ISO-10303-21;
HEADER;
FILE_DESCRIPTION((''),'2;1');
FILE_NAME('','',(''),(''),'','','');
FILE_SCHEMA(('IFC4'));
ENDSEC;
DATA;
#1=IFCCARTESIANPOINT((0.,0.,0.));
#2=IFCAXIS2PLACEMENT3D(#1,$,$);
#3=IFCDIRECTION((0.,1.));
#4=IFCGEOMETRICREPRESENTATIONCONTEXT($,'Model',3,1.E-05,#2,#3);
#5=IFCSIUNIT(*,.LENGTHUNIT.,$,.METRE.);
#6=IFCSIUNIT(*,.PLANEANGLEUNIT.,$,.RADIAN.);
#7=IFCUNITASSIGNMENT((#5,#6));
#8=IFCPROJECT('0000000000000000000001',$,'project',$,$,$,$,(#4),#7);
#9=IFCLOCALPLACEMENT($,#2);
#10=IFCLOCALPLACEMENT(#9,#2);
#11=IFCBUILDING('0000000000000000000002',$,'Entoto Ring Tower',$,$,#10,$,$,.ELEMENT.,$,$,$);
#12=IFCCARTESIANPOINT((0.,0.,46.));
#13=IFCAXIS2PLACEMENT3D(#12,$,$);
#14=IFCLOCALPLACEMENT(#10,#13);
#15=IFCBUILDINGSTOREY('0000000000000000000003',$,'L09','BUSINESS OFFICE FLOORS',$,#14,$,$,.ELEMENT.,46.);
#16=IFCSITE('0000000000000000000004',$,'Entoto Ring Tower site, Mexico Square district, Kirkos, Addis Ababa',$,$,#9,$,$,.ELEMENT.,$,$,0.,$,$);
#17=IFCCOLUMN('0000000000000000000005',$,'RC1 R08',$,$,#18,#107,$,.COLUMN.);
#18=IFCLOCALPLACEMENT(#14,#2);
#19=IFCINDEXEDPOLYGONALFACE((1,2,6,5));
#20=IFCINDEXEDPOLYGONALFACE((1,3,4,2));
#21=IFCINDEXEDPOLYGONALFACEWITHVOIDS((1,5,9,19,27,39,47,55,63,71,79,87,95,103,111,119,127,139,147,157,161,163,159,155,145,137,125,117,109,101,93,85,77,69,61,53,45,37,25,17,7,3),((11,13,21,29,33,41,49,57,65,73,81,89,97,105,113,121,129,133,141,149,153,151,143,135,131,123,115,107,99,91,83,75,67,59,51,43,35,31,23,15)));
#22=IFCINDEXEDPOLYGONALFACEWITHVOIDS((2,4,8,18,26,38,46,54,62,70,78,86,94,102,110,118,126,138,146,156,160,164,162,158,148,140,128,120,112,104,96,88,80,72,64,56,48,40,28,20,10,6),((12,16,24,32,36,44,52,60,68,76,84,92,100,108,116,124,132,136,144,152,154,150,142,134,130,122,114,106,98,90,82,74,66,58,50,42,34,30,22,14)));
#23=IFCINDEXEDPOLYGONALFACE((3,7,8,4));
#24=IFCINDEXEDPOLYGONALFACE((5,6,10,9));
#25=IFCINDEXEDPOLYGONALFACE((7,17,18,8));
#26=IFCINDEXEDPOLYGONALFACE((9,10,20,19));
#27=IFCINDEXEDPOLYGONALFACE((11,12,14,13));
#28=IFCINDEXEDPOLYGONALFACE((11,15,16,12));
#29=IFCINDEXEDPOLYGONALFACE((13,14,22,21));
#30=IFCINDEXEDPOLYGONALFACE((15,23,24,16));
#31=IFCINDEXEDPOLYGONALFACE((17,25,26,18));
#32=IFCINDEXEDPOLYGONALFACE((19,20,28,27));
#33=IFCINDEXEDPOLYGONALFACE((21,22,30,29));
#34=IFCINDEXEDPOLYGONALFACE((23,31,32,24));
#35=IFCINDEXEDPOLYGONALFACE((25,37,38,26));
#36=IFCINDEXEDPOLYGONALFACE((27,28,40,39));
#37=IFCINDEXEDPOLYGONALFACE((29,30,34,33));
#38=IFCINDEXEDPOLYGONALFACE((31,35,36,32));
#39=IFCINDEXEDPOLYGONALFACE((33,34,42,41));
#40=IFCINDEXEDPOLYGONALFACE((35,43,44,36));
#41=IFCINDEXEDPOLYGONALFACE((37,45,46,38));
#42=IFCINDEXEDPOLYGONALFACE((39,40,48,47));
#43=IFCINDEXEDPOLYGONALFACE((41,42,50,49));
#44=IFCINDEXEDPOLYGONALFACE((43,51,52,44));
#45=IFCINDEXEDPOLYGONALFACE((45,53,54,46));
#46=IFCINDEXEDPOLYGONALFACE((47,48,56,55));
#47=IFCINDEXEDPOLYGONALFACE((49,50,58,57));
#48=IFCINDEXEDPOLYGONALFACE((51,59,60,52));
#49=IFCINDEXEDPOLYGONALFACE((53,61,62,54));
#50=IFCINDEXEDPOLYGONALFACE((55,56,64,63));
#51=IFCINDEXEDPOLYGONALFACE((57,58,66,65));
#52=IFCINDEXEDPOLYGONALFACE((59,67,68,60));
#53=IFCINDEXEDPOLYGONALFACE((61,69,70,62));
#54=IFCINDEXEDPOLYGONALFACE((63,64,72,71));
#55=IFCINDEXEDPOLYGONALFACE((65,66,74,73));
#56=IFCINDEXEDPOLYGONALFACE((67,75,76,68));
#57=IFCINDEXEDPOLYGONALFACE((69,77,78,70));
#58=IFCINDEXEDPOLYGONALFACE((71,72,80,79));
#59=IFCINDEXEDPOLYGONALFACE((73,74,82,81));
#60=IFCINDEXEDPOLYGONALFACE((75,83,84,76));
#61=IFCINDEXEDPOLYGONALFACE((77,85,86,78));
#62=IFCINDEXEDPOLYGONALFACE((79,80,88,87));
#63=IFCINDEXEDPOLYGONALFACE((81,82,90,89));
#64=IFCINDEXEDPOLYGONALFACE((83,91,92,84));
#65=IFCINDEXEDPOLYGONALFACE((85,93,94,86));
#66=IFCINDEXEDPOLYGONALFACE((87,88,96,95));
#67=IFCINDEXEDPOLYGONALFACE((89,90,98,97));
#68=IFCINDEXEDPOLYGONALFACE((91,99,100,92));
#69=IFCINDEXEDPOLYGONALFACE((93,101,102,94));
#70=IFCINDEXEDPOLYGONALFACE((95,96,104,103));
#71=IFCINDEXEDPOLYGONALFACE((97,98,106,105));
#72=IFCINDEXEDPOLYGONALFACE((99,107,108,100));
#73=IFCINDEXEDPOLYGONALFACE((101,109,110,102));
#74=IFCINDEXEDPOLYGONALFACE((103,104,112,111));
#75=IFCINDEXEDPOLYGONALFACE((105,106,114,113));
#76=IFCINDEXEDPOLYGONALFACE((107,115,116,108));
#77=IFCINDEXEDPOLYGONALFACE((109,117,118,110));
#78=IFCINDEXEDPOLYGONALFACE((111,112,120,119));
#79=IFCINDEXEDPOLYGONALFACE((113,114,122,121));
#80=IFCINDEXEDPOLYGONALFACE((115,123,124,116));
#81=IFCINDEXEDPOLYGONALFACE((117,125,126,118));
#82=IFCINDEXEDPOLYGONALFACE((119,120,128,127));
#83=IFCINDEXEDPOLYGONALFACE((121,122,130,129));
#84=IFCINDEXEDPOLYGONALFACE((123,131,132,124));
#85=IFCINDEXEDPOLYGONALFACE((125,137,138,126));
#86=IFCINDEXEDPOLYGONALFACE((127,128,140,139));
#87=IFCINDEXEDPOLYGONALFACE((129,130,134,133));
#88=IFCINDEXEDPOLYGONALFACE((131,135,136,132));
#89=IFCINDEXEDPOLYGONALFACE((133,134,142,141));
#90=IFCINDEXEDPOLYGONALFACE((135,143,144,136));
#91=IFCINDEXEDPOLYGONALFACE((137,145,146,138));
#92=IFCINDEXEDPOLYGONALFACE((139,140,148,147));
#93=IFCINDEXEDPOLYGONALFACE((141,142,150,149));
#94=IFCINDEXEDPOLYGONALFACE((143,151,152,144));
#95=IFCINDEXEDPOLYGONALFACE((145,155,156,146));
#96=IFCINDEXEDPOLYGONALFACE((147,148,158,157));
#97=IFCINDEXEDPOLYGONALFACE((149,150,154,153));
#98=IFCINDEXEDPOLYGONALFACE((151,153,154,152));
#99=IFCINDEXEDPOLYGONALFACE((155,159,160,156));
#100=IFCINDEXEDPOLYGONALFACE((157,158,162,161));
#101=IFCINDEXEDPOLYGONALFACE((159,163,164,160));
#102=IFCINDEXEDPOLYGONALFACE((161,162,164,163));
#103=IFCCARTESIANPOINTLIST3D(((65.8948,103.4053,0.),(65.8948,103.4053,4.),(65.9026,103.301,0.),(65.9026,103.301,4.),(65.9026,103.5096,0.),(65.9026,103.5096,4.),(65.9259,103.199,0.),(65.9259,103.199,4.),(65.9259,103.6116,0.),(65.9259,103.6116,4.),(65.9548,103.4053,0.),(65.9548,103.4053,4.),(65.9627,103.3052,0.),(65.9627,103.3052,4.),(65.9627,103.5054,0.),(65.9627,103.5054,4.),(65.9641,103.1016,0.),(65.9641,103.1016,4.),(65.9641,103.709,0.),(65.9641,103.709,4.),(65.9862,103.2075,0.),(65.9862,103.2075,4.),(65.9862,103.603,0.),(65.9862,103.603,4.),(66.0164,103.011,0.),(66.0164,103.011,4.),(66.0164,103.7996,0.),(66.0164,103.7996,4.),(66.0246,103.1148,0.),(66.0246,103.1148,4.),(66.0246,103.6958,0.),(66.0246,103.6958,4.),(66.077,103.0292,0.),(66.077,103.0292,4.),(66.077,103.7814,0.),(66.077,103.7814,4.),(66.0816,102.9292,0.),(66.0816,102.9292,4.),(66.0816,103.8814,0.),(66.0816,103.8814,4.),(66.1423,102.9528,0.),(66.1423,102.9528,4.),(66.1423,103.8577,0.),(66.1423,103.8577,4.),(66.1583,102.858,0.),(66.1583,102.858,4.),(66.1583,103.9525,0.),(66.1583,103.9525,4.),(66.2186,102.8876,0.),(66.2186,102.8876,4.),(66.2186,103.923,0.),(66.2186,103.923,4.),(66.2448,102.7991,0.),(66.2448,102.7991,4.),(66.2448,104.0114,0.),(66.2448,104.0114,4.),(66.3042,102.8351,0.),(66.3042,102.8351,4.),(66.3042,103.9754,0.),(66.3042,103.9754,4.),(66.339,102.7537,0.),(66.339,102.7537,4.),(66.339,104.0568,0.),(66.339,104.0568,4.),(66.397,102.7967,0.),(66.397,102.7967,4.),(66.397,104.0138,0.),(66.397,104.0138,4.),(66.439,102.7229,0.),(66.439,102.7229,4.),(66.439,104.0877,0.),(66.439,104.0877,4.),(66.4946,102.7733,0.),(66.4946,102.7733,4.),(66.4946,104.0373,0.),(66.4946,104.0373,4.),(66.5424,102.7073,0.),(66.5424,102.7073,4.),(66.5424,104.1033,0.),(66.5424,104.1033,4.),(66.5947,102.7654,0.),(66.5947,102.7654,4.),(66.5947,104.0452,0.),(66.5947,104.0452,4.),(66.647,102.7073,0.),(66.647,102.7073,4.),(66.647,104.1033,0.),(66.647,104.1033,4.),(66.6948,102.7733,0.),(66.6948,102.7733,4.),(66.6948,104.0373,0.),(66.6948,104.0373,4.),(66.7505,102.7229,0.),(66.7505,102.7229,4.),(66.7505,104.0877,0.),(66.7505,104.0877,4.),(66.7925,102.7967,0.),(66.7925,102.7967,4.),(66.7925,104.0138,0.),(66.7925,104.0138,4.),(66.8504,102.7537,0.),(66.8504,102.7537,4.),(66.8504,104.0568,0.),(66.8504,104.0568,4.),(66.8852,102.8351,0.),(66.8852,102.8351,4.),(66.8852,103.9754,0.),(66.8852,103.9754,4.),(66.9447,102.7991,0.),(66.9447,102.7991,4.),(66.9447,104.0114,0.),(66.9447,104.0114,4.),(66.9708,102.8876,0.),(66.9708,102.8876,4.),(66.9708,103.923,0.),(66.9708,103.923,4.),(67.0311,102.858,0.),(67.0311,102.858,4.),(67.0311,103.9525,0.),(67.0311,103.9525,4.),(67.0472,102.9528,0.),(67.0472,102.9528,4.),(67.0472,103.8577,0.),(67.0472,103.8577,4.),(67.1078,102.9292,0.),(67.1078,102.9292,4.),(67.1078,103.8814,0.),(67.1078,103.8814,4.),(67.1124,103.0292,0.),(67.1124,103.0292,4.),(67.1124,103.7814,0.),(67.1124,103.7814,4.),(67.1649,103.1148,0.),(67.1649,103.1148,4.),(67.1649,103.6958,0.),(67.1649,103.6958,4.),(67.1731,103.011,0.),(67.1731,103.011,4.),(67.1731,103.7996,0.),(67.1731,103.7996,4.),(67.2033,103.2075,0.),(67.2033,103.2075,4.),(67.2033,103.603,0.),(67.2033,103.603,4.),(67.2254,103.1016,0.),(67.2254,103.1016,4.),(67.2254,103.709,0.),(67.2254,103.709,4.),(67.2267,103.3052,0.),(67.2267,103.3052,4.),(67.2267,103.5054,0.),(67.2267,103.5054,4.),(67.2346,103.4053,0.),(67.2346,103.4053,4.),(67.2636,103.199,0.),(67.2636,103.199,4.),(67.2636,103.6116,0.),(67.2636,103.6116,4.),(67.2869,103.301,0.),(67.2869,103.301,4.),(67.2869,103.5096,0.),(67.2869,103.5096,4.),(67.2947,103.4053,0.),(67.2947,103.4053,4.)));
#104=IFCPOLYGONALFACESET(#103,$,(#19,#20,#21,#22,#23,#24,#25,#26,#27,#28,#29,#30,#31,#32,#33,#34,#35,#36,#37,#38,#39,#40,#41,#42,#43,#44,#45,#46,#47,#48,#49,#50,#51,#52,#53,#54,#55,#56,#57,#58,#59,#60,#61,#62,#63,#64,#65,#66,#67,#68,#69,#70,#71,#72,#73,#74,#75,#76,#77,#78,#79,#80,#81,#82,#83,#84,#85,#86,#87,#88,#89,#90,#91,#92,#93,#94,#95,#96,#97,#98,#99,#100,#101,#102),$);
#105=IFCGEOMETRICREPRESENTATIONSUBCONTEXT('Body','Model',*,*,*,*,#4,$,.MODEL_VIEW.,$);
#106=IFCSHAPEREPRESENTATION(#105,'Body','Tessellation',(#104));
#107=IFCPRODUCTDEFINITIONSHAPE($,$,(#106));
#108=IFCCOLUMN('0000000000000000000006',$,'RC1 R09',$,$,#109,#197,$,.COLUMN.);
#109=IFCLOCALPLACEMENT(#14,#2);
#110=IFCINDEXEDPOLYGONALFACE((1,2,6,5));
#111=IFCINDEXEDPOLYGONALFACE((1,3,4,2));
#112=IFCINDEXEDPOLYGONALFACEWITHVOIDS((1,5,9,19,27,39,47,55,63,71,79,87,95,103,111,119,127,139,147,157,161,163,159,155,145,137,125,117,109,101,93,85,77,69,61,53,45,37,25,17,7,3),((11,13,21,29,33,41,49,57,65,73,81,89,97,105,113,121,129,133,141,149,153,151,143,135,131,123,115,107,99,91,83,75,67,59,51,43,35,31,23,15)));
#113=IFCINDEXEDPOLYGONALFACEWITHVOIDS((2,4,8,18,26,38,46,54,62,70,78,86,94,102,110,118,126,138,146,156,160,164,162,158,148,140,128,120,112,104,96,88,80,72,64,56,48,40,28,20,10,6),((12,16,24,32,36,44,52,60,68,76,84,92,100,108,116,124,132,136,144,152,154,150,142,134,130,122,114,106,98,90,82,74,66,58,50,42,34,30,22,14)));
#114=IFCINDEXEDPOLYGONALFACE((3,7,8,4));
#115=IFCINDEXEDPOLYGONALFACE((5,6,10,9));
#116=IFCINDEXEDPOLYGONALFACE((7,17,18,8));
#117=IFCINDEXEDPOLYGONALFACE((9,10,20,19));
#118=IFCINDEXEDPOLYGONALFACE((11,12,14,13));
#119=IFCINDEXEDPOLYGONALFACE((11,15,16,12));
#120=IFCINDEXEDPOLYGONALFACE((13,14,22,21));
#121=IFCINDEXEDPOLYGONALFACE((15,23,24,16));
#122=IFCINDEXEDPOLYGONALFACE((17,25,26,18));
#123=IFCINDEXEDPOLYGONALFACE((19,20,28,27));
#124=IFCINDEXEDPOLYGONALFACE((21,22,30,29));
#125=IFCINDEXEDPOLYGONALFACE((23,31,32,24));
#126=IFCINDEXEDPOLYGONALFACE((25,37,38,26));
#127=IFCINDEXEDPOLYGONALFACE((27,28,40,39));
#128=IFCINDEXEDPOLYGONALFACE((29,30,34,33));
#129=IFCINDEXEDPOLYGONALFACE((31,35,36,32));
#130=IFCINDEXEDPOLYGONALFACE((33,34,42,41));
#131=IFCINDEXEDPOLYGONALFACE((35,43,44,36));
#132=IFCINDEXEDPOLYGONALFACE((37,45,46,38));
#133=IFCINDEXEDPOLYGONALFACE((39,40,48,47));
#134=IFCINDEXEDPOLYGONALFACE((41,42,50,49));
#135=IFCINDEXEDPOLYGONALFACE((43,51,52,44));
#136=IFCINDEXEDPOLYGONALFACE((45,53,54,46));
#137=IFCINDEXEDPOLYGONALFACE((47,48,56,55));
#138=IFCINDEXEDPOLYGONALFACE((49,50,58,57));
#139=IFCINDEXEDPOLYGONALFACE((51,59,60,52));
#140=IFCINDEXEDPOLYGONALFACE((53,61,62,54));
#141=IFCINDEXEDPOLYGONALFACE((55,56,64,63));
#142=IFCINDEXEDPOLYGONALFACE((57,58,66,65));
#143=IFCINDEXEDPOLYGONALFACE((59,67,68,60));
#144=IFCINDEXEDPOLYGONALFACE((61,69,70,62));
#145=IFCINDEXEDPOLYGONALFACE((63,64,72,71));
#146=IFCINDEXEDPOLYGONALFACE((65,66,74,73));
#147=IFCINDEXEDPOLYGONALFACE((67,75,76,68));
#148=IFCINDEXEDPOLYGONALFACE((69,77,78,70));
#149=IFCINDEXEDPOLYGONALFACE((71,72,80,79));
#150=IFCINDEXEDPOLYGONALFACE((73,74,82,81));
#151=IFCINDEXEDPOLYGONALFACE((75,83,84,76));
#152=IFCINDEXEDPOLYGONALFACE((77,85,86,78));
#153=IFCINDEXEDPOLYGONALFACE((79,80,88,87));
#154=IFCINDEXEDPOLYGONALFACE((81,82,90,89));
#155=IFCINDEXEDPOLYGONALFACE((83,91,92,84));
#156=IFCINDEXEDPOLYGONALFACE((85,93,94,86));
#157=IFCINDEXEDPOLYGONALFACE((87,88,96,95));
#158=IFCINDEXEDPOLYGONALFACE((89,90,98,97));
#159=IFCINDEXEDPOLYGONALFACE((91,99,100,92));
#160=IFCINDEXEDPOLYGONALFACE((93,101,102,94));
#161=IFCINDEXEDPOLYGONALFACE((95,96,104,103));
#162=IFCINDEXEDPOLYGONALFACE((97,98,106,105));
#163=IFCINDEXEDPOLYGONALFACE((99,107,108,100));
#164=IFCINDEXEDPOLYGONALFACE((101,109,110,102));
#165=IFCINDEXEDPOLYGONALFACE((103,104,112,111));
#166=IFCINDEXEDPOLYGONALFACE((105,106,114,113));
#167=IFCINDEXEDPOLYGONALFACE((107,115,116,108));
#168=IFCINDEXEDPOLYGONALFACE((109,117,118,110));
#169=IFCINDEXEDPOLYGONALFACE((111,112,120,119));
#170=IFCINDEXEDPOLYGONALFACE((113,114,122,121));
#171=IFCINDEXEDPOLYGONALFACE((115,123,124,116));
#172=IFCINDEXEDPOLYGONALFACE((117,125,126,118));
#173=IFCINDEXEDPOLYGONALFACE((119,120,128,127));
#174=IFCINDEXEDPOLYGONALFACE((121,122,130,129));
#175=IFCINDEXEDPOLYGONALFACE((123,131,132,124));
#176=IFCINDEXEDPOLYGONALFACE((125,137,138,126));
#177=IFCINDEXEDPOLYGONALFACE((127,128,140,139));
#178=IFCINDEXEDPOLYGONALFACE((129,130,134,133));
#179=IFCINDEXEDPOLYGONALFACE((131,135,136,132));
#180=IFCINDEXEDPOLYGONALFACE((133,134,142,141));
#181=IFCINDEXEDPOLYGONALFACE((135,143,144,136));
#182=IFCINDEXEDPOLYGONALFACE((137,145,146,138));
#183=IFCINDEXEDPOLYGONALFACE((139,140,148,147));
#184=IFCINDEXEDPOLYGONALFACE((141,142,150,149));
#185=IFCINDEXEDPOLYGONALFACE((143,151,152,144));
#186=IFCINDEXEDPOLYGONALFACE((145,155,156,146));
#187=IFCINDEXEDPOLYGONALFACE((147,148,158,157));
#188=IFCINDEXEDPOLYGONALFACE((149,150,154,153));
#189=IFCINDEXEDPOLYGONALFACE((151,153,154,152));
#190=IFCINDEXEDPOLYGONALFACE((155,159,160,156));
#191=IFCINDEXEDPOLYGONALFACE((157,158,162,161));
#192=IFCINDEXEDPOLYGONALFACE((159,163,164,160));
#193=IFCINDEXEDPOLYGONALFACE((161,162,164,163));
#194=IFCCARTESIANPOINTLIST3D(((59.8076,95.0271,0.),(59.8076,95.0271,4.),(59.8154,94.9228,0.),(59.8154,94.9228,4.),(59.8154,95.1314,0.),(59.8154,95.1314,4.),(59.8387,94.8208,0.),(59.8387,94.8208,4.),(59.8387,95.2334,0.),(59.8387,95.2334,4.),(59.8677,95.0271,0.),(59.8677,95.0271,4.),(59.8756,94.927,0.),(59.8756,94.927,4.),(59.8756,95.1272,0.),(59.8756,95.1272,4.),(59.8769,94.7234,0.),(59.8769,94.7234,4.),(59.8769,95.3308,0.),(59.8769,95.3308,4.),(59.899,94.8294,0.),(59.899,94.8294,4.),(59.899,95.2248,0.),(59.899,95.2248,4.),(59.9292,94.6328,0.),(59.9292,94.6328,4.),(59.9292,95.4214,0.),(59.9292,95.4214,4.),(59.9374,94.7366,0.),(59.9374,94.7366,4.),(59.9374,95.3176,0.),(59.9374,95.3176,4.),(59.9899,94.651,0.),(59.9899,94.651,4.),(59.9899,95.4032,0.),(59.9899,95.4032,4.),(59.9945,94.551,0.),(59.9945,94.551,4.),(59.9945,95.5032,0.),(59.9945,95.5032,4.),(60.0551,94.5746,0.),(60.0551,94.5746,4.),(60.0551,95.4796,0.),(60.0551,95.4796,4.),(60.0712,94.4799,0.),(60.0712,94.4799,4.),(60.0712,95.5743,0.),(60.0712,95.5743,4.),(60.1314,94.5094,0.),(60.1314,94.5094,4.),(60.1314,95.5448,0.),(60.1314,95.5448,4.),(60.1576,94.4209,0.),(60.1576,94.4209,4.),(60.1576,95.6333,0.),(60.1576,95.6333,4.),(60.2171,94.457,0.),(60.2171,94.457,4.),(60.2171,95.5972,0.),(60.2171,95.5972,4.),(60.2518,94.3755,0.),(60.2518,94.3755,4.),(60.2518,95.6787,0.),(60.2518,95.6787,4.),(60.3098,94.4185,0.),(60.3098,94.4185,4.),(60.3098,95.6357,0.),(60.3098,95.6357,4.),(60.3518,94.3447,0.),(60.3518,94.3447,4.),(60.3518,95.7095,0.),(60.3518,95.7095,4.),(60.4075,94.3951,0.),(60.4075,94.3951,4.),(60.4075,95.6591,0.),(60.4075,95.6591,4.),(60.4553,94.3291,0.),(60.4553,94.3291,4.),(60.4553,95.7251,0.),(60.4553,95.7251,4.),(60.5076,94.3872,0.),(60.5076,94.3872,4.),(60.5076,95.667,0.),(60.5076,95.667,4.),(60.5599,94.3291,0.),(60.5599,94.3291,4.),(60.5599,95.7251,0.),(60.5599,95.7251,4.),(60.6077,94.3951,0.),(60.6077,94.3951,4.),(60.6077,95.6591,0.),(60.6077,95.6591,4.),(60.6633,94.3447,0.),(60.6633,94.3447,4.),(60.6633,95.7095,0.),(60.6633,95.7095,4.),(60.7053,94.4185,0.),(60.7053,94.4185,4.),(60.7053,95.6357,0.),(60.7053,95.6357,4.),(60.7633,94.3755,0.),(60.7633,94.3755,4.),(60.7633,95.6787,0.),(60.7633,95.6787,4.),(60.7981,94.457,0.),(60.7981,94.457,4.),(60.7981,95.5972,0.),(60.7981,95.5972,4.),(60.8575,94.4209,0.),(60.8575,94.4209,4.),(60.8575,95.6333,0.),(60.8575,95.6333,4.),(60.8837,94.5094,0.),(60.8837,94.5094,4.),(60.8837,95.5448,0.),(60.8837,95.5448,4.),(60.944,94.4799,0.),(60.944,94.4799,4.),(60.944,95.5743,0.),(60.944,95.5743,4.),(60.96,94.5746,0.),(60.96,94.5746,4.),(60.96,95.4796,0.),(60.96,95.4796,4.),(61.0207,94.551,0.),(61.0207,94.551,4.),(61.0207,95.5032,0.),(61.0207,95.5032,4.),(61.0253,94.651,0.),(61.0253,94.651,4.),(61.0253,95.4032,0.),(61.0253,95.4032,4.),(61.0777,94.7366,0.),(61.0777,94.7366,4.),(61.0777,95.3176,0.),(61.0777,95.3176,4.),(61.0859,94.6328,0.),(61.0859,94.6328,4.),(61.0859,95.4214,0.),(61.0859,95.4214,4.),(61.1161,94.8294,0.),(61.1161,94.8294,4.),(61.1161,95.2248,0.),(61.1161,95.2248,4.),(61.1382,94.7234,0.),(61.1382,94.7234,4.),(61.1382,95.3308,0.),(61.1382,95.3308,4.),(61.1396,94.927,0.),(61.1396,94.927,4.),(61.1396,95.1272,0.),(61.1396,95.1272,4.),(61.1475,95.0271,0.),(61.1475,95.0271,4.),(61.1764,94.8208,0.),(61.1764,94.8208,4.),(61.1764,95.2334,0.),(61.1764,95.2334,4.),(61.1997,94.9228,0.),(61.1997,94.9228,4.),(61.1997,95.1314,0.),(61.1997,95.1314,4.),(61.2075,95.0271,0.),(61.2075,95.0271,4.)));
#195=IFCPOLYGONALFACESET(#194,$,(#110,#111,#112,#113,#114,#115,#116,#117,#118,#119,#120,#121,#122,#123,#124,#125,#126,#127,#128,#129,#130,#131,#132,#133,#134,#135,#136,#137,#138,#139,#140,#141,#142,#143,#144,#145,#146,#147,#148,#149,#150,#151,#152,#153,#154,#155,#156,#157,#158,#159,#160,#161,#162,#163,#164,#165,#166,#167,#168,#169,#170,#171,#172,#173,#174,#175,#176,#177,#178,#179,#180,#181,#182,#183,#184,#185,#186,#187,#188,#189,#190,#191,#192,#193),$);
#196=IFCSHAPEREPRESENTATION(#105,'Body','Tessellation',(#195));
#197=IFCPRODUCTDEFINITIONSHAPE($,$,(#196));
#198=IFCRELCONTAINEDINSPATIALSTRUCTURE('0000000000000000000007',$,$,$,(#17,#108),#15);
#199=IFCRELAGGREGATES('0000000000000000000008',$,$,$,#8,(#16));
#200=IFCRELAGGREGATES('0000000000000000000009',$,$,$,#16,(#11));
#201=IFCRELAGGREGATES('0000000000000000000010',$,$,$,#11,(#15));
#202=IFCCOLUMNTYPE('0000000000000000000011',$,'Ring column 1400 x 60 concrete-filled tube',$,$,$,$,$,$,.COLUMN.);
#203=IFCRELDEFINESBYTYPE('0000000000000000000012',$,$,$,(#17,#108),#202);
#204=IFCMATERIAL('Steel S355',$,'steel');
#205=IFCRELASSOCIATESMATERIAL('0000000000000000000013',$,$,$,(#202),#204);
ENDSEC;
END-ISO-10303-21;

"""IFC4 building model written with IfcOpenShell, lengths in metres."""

from ifc_helpers import new_model, si_unit, direction, frame, origin, origin_2d, place, context, subcontext, project, spatial, circle, hollow_circle, extrude, material, material_profile, profile_set, type_object, element, save


model = new_model("IFC4")

# Units and contexts
model_context = context("Model", 3, precision=1e-05, world=origin(), true_north=direction((0.0, 1.0)))
body_context = subcontext(model_context, "Body", "Model", "MODEL_VIEW")
ifc_project = project(units=[si_unit("LENGTHUNIT", "METRE"), si_unit("PLANEANGLEUNIT", "RADIAN")], contexts=[model_context])

# Site, building, storey
site_placement = place(None, origin())
site = spatial("IfcSite", under=ifc_project, at=site_placement, Name="Entoto Ring Tower site, Mexico Square district, Kirkos, Addis Ababa", CompositionType="ELEMENT", RefElevation=0.0)
building_placement = place(site_placement, origin())
building = spatial("IfcBuilding", under=site, at=building_placement, Name="Entoto Ring Tower", CompositionType="ELEMENT")
storey_placement = place(building_placement, frame((0.0, 0.0, 46.0)))
storey = spatial("IfcBuildingStorey", under=building, at=storey_placement, Name="L09", Description="BUSINESS OFFICE FLOORS", CompositionType="ELEMENT", Elevation=46.0)

# Columns
ifc_material_1 = material(Name="Steel S355", Category="steel")
ifc_material_profile_1 = material_profile(ifc_material_1, hollow_circle(Radius=0.7, WallThickness=0.0601, at=origin_2d()), Name="CHS 1400 x 60")
ifc_material_2 = material(Name="Concrete C60/75", Category="concrete")
ifc_material_profile_2 = material_profile(ifc_material_2, circle(Radius=0.6399, at=origin_2d()), Name="Concrete C60/75 infill")
ifc_profile_set_1 = profile_set([ifc_material_profile_1, ifc_material_profile_2], Name="Steel S355")
column_type = type_object("IfcColumnType", Name="Ring column 1400 x 60 concrete-filled tube", PredefinedType="COLUMN", material=ifc_profile_set_1)
for number, where, z_axis, x_axis, name in (
    (1, (66.5947, 103.4053, 0.0), (0.0, 0.0, 1.0), (1.0, 0.0, 0.0), "RC1 R08"),
    (2, (60.5076, 95.0271, 0.0), (0.0, 0.0, 1.0), (1.0, 0.0, 0.0), "RC1 R09"),
):
    element("IfcColumn", number, at=place(storey_placement, frame(where, z_axis=z_axis, x_axis=x_axis)), inside=storey, type_object=column_type, Name=name, PredefinedType="COLUMN", context=body_context, shape_type="SweptSolid", body=[
        extrude(hollow_circle(Radius=0.7, WallThickness=0.0601, at=origin_2d()), origin(), (0.0, 0.0, 1.0), 4.0),
    ])

save(model, "model.ifc")
